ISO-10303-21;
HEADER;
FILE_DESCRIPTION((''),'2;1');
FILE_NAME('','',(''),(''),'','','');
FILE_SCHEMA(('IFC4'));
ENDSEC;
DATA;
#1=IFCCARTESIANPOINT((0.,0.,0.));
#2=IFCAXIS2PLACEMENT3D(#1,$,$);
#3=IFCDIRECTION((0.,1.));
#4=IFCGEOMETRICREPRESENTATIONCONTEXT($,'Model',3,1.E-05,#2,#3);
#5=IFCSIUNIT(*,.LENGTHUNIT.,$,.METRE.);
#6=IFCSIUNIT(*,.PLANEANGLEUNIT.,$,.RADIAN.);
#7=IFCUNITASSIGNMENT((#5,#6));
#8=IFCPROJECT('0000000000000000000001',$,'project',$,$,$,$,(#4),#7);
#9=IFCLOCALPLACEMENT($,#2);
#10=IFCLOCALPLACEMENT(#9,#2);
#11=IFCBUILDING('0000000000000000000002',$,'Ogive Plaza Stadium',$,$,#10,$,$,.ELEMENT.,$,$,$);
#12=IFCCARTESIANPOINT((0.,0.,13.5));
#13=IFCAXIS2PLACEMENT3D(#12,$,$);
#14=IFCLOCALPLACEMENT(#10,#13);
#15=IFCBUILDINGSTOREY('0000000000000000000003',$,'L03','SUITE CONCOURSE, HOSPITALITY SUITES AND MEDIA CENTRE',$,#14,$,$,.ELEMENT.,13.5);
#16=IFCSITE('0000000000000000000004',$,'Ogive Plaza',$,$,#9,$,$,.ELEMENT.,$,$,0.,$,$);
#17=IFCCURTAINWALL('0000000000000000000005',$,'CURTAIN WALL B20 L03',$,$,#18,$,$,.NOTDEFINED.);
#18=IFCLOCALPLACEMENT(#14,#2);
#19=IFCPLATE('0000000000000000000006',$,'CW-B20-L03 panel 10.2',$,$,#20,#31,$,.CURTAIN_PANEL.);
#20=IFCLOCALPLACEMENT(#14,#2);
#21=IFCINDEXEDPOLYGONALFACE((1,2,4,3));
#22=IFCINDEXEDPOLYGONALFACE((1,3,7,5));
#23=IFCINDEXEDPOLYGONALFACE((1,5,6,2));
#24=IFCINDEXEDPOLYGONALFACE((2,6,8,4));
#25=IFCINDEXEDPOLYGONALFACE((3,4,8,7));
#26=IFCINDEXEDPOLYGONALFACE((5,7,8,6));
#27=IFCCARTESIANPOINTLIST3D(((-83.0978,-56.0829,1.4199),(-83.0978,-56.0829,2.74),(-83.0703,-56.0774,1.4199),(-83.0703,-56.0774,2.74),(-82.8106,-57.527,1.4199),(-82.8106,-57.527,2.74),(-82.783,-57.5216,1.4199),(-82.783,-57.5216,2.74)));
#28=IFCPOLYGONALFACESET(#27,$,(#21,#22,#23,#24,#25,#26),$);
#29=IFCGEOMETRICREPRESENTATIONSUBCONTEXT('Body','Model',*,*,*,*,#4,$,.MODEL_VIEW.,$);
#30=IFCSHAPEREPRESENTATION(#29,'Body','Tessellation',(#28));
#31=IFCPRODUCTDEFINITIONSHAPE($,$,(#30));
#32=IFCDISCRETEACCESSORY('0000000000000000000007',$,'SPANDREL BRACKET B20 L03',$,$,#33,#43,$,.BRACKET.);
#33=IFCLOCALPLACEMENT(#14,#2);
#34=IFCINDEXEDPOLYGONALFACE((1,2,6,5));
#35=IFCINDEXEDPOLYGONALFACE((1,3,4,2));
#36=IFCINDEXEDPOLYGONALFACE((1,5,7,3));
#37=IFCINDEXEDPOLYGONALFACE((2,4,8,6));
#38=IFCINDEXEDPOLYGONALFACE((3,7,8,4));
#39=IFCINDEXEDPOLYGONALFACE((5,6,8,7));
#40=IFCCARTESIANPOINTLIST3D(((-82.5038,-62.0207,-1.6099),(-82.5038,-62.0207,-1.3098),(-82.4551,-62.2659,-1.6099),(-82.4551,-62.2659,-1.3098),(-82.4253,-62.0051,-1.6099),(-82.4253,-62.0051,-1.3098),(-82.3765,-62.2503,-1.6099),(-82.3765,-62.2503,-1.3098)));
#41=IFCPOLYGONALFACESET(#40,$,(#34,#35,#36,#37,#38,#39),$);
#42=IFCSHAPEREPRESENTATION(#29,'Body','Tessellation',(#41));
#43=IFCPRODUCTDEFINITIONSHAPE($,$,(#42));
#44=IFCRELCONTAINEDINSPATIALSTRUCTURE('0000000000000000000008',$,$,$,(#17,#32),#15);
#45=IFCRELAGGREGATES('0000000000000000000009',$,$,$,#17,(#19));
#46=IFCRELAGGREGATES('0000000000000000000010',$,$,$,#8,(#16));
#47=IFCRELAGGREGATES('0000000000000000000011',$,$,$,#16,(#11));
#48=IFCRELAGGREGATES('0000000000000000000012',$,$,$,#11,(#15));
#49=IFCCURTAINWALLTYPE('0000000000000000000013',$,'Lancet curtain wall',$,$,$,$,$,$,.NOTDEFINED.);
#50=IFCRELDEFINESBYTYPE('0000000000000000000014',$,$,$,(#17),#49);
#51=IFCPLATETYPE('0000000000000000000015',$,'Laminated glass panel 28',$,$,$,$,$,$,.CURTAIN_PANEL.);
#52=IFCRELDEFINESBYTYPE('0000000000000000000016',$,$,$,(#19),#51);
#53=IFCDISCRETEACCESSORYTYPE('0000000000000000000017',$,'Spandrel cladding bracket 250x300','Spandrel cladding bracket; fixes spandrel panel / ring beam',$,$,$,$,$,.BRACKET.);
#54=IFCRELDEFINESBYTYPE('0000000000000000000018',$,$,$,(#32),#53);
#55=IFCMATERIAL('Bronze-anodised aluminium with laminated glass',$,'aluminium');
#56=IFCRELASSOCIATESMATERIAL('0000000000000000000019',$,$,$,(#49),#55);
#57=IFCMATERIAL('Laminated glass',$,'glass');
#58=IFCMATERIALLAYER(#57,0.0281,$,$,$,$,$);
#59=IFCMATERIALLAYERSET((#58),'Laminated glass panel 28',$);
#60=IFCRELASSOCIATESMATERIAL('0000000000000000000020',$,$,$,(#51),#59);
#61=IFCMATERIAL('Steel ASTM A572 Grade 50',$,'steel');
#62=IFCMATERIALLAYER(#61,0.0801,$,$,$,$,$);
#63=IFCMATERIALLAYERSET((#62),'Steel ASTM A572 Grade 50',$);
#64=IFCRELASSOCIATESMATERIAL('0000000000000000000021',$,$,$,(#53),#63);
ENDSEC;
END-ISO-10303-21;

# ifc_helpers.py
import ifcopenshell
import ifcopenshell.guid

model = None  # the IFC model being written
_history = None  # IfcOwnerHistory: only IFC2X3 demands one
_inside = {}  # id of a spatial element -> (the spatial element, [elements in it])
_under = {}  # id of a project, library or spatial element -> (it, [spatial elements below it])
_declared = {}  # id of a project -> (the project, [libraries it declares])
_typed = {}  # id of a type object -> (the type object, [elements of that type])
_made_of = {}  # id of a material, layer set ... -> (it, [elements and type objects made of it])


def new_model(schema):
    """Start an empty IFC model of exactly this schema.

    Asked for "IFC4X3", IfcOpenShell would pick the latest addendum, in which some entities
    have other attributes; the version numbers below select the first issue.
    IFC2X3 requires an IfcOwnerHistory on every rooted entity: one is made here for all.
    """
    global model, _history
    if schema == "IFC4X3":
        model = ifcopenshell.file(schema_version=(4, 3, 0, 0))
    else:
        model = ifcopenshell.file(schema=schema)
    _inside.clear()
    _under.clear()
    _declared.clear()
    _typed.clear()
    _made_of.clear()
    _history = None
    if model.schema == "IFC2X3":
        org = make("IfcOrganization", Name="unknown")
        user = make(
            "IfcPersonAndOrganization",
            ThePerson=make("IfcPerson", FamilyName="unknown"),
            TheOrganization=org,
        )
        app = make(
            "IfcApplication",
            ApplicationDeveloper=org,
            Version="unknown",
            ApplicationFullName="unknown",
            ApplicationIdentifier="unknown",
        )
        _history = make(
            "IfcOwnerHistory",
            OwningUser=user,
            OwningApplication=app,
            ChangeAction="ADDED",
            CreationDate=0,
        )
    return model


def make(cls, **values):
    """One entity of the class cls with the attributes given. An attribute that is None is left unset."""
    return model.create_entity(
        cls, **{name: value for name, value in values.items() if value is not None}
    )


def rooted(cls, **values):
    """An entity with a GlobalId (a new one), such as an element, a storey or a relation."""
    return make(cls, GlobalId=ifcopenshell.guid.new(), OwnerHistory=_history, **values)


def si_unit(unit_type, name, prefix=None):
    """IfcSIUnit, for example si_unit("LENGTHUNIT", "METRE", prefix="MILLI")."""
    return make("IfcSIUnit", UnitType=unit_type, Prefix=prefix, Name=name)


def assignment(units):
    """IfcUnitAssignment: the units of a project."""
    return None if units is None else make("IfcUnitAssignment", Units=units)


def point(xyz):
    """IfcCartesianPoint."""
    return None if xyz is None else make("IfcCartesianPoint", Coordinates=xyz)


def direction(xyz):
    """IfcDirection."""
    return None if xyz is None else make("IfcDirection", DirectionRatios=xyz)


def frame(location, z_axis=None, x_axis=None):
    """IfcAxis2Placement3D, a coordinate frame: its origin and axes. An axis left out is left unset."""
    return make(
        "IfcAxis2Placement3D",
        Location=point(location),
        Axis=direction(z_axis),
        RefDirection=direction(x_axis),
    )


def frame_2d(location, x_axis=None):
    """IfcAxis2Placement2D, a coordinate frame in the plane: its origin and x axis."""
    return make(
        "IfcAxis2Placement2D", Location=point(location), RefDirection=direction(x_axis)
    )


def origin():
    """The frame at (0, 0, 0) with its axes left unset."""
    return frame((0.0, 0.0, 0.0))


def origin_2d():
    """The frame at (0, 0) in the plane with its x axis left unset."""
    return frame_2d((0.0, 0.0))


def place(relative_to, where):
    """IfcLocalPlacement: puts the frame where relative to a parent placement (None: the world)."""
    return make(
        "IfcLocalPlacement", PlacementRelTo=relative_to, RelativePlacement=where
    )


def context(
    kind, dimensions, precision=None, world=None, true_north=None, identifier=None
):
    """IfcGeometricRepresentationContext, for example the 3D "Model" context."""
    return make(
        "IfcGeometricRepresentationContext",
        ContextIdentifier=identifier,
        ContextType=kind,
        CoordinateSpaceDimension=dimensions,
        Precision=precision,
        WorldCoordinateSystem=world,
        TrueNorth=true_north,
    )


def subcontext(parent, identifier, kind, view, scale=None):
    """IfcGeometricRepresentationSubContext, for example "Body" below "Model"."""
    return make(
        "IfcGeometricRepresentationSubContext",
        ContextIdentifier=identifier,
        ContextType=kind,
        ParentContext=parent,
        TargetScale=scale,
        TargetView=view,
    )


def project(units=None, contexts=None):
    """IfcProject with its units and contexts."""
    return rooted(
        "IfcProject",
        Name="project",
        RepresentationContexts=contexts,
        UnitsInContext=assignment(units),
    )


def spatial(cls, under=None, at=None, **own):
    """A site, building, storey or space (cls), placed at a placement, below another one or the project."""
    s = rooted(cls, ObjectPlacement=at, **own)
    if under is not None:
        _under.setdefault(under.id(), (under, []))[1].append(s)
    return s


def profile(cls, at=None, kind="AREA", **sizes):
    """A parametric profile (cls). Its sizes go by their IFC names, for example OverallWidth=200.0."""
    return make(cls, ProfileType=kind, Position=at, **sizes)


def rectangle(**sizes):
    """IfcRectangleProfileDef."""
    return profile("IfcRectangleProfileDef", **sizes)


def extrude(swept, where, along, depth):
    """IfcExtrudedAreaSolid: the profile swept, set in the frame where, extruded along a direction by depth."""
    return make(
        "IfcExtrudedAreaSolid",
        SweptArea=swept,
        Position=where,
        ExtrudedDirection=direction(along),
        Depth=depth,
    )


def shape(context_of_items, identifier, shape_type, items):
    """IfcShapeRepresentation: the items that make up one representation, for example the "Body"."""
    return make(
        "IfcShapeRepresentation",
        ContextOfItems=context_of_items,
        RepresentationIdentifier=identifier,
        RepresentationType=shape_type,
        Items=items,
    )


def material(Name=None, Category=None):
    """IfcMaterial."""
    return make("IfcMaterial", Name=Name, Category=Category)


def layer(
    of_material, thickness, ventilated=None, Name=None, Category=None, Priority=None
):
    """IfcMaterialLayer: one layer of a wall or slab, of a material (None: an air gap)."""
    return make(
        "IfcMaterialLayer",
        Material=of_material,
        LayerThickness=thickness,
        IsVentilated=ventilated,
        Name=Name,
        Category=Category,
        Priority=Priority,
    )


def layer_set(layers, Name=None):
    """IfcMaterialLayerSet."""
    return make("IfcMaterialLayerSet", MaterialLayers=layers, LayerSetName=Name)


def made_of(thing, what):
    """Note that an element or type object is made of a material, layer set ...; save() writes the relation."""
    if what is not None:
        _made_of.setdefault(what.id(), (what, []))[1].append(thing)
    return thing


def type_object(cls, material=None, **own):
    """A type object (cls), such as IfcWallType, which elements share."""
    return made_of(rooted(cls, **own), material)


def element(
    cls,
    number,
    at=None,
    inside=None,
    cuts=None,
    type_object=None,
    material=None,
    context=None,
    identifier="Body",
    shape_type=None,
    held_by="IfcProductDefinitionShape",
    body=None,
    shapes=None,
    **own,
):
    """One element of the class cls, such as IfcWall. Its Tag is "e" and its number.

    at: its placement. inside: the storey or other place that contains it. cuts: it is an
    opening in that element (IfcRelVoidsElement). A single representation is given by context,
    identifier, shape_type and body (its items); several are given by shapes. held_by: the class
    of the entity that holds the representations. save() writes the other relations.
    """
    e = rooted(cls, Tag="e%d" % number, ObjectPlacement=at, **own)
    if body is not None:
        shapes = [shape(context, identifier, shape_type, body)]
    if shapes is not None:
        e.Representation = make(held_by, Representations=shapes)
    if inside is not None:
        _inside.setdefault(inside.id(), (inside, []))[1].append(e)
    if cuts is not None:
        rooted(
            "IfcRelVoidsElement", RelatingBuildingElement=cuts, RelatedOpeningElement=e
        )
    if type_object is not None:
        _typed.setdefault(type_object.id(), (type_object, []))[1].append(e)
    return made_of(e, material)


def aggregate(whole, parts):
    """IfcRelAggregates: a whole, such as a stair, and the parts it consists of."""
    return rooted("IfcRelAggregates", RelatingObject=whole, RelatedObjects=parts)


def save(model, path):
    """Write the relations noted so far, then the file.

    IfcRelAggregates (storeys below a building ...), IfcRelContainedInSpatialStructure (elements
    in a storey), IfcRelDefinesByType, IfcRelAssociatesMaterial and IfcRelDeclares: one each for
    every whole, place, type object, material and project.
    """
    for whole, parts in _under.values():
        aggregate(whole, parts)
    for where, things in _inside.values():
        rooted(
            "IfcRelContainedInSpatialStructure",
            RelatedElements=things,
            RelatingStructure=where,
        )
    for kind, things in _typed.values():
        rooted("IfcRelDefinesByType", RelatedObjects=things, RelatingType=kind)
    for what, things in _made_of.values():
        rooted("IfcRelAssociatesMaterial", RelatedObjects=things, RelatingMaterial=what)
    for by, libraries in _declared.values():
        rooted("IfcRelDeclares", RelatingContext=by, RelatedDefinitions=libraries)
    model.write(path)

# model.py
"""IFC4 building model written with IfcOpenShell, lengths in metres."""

from ifc_helpers import new_model, si_unit, direction, frame, origin, origin_2d, place, context, subcontext, project, spatial, rectangle, extrude, material, layer, layer_set, type_object, element, aggregate, save


model = new_model("IFC4")

# Units and contexts
model_context = context("Model", 3, precision=1e-05, world=origin(), true_north=direction((0.0, 1.0)))
body_context = subcontext(model_context, "Body", "Model", "MODEL_VIEW")
ifc_project = project(units=[si_unit("LENGTHUNIT", "METRE"), si_unit("PLANEANGLEUNIT", "RADIAN")], contexts=[model_context])

# Site, building, storey
site_placement = place(None, origin())
site = spatial("IfcSite", under=ifc_project, at=site_placement, Name="Ogive Plaza", CompositionType="ELEMENT", RefElevation=0.0)
building_placement = place(site_placement, origin())
building = spatial("IfcBuilding", under=site, at=building_placement, Name="Ogive Plaza Stadium", CompositionType="ELEMENT")
storey_placement = place(building_placement, frame((0.0, 0.0, 13.5)))
storey = spatial("IfcBuildingStorey", under=building, at=storey_placement, Name="L03", Description="SUITE CONCOURSE, HOSPITALITY SUITES AND MEDIA CENTRE", CompositionType="ELEMENT", Elevation=13.5)

# Curtain wall, plate
ifc_material_1 = material(Name="Bronze-anodised aluminium with laminated glass", Category="aluminium")
curtain_wall_type = type_object("IfcCurtainWallType", Name="Lancet curtain wall", PredefinedType="NOTDEFINED", material=ifc_material_1)
curtain_wall_placement = place(storey_placement, origin())
curtain_wall = element("IfcCurtainWall", 1, at=curtain_wall_placement, inside=storey, type_object=curtain_wall_type, Name="CURTAIN WALL B20 L03", PredefinedType="NOTDEFINED")
ifc_material_2 = material(Name="Laminated glass", Category="glass")
ifc_layer_1 = layer(ifc_material_2, 0.0281)
ifc_layer_set_1 = layer_set([ifc_layer_1], Name="Laminated glass panel 28")
plate_type = type_object("IfcPlateType", Name="Laminated glass panel 28", PredefinedType="CURTAIN_PANEL", material=ifc_layer_set_1)
plate_1_placement = place(storey_placement, frame((-82.9404, -56.8022, 1.4199), z_axis=(0.0, 0.0, 1.0), x_axis=(-0.19509, 0.980785, 0.0)))
plate_1 = element("IfcPlate", 2, at=plate_1_placement, type_object=plate_type, Name="CW-B20-L03 panel 10.2", PredefinedType="CURTAIN_PANEL", context=body_context, shape_type="SweptSolid", body=[
    extrude(rectangle(XDim=1.4724, YDim=0.0281, at=origin_2d()), origin(), (0.0, 0.0, 1.0), 1.3201),
])
aggregate(curtain_wall, [plate_1])

# Discrete accessory
ifc_material_3 = material(Name="Steel ASTM A572 Grade 50", Category="steel")
ifc_layer_2 = layer(ifc_material_3, 0.0801)
ifc_layer_set_2 = layer_set([ifc_layer_2], Name="Steel ASTM A572 Grade 50")
discrete_accessory_type = type_object("IfcDiscreteAccessoryType", Name="Spandrel cladding bracket 250x300", Description="Spandrel cladding bracket; fixes spandrel panel / ring beam", PredefinedType="BRACKET", material=ifc_layer_set_2)
discrete_accessory_placement = place(storey_placement, frame((-82.4402, -62.1355, -1.6099), z_axis=(0.0, 0.0, 1.0), x_axis=(-0.19509, 0.980785, 0.0)))
element("IfcDiscreteAccessory", 3, at=discrete_accessory_placement, inside=storey, type_object=discrete_accessory_type, Name="SPANDREL BRACKET B20 L03", PredefinedType="BRACKET", context=body_context, shape_type="SweptSolid", body=[
    extrude(rectangle(XDim=0.25, YDim=0.0801, at=origin_2d()), origin(), (0.0, 0.0, 1.0), 0.3),
])

save(model, "model.ifc")
